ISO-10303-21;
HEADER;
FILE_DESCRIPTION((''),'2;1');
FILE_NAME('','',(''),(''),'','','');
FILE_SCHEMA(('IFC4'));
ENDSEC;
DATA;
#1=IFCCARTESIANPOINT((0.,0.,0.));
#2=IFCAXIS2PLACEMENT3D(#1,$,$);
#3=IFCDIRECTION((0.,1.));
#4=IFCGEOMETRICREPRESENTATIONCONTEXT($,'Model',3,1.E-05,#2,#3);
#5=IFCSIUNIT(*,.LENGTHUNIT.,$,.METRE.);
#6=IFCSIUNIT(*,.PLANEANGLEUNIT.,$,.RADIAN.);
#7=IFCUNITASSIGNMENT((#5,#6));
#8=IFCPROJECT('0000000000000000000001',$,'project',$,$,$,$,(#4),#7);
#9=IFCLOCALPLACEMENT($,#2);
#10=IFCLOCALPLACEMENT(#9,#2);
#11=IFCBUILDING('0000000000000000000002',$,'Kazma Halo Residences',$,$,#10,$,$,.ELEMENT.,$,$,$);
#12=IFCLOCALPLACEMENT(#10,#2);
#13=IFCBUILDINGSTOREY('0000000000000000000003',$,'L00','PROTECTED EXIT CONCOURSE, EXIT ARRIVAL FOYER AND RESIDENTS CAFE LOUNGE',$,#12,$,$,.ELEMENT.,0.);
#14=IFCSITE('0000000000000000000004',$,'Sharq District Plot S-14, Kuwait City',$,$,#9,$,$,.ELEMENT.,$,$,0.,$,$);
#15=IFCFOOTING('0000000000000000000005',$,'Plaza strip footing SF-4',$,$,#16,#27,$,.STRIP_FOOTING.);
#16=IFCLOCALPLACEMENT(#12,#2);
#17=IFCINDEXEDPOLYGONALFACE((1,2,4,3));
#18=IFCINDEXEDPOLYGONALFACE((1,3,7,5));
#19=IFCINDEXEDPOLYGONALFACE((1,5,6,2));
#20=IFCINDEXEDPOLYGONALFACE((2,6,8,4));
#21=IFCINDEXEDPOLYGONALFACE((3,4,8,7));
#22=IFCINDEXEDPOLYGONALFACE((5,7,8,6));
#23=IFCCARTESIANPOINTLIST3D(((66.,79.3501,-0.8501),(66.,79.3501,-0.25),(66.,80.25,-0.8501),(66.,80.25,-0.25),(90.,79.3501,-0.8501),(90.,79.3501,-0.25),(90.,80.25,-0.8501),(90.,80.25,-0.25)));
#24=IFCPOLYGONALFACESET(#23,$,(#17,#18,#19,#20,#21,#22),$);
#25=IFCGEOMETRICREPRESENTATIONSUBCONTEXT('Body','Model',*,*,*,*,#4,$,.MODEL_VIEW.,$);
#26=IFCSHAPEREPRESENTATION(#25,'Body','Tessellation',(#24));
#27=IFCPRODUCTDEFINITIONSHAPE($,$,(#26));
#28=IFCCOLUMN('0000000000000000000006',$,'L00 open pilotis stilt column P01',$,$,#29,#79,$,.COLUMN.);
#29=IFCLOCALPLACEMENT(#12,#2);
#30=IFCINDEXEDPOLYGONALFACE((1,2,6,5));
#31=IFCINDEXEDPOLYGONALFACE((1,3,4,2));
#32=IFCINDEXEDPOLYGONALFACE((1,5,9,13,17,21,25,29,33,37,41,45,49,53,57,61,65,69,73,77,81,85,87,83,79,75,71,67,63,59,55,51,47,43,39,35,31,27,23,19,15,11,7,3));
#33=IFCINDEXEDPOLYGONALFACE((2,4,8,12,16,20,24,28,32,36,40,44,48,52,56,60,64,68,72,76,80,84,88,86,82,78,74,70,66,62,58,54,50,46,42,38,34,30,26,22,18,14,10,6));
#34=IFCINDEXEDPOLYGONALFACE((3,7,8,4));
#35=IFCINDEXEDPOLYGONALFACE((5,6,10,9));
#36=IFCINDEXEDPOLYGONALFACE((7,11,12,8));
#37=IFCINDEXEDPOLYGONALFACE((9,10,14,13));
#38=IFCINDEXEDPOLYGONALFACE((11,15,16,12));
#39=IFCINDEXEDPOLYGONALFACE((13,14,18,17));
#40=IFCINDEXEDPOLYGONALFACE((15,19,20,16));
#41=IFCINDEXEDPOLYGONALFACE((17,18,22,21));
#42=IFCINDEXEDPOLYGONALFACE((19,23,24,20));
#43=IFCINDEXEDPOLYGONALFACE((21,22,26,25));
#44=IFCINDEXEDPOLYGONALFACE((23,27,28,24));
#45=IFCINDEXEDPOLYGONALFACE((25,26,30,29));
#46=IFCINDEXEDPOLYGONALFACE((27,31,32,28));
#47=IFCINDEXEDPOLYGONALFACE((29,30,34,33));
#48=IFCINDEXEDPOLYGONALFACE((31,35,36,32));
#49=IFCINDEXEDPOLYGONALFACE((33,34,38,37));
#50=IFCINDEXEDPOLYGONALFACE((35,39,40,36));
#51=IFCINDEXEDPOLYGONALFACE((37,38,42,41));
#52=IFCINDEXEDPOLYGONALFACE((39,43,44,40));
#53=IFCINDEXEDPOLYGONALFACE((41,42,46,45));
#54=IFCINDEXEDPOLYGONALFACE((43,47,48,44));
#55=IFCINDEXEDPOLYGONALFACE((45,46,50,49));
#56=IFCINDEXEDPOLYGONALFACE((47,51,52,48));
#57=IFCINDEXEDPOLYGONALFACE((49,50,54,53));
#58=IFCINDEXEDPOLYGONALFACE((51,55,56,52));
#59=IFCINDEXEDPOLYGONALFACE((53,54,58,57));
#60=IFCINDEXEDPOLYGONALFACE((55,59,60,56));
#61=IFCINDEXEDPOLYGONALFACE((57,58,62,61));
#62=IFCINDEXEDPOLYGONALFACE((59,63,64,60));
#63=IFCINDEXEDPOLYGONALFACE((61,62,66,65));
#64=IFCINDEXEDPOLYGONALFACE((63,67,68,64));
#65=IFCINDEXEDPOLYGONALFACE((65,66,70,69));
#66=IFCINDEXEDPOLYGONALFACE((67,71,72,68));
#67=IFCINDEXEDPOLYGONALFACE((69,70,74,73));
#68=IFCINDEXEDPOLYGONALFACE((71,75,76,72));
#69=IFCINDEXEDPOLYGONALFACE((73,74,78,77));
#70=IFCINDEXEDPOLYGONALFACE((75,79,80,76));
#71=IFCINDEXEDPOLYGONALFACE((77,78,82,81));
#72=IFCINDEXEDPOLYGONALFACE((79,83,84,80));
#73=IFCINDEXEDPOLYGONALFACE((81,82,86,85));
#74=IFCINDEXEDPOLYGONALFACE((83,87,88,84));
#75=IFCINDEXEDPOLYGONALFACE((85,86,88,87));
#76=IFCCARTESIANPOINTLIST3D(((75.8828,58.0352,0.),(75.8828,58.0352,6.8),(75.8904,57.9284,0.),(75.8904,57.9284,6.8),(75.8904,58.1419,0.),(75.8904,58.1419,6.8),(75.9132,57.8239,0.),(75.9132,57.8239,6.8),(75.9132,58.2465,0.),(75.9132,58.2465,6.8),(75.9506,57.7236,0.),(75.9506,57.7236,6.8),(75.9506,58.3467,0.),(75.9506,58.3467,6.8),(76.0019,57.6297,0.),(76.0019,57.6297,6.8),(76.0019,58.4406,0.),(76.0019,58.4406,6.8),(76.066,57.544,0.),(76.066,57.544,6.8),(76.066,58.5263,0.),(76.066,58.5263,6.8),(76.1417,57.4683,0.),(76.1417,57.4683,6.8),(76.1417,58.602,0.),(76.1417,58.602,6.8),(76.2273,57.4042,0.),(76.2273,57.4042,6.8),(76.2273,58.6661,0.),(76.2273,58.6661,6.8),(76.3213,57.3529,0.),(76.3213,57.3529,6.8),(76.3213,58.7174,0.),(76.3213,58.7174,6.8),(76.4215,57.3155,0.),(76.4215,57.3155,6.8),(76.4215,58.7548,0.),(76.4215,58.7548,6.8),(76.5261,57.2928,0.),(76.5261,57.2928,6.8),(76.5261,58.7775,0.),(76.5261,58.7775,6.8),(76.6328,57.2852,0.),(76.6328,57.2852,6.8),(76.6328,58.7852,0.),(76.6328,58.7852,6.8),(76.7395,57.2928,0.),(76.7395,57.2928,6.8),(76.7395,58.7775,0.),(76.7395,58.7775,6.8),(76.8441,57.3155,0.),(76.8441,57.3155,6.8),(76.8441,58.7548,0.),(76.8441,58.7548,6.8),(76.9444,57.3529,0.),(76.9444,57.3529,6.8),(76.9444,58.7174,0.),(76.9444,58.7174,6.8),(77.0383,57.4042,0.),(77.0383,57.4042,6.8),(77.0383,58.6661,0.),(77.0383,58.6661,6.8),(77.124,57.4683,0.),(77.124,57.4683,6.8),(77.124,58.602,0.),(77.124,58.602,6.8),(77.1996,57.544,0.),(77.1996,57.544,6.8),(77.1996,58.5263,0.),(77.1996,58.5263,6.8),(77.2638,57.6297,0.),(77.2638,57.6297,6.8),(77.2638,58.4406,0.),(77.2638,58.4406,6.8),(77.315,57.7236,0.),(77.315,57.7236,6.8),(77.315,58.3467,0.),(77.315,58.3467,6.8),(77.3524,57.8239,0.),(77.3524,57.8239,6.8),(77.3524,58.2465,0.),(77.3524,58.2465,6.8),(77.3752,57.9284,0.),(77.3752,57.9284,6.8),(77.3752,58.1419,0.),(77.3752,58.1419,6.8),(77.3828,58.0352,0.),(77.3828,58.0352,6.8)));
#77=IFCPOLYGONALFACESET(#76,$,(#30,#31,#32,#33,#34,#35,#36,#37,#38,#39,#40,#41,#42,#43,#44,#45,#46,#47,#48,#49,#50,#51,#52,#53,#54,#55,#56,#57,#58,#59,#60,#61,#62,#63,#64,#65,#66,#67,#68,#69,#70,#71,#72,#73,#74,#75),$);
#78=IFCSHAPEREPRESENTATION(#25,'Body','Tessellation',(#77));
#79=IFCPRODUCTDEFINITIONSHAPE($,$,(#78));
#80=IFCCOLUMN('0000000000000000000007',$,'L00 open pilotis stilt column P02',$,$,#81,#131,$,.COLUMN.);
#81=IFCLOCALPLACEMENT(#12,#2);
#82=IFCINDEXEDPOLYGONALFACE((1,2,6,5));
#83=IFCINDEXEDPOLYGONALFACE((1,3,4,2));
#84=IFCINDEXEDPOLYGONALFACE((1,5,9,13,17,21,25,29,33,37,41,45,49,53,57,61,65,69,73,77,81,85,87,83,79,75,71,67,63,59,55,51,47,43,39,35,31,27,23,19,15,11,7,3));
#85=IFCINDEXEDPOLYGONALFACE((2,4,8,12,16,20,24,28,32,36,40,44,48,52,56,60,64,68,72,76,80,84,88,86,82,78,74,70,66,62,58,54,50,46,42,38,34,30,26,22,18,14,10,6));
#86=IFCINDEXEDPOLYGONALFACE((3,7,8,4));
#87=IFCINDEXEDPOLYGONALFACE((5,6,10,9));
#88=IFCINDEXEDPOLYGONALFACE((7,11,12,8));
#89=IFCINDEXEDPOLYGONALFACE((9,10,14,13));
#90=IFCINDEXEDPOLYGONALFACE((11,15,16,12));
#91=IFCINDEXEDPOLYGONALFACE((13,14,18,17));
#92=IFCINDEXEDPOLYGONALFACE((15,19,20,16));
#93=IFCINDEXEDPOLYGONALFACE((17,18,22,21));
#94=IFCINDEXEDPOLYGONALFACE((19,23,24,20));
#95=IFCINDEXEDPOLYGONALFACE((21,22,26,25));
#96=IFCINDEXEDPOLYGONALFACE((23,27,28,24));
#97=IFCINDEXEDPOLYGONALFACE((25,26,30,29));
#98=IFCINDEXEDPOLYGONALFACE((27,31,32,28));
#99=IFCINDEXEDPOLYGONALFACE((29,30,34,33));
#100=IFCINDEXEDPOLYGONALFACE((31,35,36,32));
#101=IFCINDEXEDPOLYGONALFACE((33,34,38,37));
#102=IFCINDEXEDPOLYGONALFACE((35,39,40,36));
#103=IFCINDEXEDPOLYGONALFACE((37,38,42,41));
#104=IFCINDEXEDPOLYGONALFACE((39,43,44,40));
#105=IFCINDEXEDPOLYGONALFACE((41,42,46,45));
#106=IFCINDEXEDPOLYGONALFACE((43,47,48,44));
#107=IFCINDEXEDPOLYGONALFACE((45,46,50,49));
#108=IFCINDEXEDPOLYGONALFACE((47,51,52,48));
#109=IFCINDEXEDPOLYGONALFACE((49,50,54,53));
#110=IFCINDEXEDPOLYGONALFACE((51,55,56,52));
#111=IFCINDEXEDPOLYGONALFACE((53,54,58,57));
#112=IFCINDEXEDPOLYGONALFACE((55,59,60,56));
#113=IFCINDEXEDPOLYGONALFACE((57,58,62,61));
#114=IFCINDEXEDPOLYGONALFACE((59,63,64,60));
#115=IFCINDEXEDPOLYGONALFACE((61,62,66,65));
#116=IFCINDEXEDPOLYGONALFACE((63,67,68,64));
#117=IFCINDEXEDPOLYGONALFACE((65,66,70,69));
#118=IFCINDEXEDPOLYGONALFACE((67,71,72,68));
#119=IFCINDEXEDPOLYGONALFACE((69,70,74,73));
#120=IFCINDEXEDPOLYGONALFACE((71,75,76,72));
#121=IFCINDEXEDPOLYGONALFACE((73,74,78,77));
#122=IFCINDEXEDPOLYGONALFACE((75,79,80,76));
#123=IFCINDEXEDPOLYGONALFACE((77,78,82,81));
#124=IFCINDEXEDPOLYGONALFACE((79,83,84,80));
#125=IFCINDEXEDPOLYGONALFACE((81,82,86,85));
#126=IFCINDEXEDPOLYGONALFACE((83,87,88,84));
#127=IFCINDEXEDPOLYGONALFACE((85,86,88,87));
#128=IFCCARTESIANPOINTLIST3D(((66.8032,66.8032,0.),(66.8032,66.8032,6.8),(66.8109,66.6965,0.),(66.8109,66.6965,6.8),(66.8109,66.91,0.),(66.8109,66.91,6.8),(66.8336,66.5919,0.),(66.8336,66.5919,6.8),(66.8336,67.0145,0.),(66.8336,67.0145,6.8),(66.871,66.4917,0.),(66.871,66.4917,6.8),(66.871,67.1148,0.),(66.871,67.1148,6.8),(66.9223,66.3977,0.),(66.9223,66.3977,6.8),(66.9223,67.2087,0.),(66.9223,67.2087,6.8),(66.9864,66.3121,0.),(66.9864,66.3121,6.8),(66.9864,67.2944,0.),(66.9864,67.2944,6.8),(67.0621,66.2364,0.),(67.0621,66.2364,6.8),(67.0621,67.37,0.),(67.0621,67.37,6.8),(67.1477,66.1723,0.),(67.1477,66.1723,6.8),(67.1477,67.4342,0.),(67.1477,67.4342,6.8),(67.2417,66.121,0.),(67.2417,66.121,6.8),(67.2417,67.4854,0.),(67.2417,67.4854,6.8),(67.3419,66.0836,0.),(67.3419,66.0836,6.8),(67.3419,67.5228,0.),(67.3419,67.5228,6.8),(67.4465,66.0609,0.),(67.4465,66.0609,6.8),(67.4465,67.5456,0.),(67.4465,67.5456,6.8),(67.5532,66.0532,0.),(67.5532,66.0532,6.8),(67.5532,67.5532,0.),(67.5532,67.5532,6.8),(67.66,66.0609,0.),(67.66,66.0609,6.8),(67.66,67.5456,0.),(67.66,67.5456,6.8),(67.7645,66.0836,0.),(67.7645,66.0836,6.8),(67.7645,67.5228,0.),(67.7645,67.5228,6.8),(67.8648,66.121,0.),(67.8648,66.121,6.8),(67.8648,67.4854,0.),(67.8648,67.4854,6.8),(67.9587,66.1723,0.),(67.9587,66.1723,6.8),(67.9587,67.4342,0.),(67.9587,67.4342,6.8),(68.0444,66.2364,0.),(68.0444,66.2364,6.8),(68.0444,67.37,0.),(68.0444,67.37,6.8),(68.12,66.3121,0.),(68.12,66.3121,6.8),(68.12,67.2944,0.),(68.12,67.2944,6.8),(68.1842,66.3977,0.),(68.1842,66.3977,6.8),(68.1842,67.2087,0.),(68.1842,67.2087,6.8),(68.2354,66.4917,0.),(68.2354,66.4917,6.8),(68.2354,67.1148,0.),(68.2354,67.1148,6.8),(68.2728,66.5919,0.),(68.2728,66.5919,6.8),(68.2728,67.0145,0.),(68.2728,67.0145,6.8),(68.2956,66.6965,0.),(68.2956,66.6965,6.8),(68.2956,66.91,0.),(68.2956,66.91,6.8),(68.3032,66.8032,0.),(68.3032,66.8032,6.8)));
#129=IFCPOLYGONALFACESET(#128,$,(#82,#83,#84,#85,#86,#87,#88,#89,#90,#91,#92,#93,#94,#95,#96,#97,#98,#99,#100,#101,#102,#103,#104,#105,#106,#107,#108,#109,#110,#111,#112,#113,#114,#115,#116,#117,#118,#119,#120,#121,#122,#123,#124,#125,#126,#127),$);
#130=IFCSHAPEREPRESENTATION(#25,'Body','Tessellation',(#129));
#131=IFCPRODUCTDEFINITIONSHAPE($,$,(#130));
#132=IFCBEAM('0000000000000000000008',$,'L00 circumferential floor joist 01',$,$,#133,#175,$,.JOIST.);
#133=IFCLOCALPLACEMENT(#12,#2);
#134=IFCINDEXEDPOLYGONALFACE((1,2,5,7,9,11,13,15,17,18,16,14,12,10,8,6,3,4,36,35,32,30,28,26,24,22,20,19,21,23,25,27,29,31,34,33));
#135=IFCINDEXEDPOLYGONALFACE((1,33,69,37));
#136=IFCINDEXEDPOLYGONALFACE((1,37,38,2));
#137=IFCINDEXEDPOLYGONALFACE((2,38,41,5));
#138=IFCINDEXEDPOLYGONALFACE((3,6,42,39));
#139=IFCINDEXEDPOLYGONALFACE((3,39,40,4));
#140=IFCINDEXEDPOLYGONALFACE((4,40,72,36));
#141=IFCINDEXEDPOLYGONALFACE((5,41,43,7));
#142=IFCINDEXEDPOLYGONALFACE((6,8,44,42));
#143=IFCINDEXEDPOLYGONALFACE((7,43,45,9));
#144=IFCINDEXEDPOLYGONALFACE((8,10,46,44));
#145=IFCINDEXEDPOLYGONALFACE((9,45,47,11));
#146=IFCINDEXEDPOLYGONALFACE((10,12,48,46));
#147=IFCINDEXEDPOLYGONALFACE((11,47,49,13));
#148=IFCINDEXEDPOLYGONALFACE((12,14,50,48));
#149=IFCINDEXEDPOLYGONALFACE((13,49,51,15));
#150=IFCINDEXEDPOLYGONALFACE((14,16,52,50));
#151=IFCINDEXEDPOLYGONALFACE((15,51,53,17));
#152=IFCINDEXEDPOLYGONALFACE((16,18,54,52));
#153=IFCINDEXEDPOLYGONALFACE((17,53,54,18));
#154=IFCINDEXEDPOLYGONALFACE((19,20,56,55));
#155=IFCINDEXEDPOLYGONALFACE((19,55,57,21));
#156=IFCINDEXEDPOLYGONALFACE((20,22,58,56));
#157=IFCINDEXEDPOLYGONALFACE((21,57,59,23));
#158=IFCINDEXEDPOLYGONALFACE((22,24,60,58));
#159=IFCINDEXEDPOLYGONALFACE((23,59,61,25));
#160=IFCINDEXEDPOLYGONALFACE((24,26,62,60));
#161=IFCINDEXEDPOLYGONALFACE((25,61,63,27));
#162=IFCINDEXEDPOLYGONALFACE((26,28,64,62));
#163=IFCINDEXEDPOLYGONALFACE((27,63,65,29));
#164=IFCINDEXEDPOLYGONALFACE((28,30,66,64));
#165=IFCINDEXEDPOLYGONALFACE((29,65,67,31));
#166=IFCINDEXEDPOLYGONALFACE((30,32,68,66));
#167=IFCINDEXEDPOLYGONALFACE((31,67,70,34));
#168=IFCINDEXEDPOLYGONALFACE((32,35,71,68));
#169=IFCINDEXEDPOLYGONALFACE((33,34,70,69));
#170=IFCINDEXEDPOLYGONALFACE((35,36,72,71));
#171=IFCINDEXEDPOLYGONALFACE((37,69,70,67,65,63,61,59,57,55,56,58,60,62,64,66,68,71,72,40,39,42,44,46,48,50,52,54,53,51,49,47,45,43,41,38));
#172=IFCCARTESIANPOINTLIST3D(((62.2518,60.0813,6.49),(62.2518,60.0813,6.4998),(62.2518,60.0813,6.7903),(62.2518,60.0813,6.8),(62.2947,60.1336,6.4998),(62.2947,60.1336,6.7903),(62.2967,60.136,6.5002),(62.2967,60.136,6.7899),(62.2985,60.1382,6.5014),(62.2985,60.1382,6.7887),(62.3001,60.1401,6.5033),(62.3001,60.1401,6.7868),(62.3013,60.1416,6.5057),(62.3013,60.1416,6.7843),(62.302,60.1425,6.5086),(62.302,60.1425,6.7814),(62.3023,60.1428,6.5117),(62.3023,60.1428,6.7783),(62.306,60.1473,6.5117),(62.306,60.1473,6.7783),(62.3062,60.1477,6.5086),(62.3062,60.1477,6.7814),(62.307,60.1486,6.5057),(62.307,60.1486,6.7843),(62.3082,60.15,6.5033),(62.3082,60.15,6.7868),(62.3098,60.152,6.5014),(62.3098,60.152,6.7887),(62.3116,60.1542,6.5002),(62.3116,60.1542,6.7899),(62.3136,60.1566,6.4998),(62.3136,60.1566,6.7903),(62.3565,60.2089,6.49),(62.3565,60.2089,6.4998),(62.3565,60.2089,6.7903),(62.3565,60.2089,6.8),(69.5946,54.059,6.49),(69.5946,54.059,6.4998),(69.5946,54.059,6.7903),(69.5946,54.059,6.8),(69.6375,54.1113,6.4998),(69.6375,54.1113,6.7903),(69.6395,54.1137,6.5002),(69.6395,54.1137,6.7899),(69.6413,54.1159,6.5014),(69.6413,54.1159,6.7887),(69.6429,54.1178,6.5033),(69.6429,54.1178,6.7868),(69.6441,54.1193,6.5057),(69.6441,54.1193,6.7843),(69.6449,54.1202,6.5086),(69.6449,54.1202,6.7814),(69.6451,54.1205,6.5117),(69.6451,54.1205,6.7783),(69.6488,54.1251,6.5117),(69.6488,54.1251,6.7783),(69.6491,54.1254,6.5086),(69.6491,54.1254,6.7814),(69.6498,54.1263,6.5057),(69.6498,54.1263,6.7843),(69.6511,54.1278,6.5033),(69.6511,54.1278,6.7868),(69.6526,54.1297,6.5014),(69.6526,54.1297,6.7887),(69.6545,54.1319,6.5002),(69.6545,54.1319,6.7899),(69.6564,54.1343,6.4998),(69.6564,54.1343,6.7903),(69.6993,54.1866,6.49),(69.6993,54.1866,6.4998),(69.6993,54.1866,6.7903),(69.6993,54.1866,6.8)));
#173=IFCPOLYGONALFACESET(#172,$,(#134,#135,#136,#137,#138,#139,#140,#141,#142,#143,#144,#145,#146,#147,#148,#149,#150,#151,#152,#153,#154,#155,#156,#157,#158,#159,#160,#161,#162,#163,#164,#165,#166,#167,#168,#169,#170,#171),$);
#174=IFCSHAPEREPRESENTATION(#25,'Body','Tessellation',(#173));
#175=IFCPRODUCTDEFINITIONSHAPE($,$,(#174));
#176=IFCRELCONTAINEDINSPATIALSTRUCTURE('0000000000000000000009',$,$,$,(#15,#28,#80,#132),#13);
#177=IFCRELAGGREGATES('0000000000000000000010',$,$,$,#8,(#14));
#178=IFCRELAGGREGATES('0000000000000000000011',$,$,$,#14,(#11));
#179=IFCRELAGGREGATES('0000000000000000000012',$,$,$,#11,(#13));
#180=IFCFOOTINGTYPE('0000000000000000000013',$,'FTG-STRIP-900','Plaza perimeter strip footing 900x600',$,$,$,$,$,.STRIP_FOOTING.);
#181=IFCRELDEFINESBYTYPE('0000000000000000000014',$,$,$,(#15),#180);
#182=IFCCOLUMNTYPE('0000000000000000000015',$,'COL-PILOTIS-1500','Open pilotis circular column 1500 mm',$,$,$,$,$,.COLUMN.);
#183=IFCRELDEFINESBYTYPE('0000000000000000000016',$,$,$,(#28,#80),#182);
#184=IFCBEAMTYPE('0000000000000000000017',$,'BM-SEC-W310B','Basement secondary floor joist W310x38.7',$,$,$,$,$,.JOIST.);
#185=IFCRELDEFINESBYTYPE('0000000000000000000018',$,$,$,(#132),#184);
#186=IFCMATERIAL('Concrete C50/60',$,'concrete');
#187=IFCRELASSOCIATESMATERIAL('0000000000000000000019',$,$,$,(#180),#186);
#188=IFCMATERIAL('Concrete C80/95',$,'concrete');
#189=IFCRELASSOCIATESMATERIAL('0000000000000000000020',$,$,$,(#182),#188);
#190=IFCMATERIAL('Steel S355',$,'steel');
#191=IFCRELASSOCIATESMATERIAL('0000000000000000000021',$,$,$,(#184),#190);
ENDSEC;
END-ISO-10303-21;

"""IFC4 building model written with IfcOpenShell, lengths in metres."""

from ifc_helpers import new_model, si_unit, direction, frame, origin, origin_2d, place, context, subcontext, project, spatial, rectangle, circle, i_section, extrude, material, material_profile, profile_set, type_object, element, save


model = new_model("IFC4")

# Units and contexts
model_context = context("Model", 3, precision=1e-05, world=origin(), true_north=direction((0.0, 1.0)))
body_context = subcontext(model_context, "Body", "Model", "MODEL_VIEW")
ifc_project = project(units=[si_unit("LENGTHUNIT", "METRE"), si_unit("PLANEANGLEUNIT", "RADIAN")], contexts=[model_context])

# Site, building, storey
site_placement = place(None, origin())
site = spatial("IfcSite", under=ifc_project, at=site_placement, Name="Sharq District Plot S-14, Kuwait City", CompositionType="ELEMENT", RefElevation=0.0)
building_placement = place(site_placement, origin())
building = spatial("IfcBuilding", under=site, at=building_placement, Name="Kazma Halo Residences", CompositionType="ELEMENT")
storey_placement = place(building_placement, origin())
storey = spatial("IfcBuildingStorey", under=building, at=storey_placement, Name="L00", Description="PROTECTED EXIT CONCOURSE, EXIT ARRIVAL FOYER AND RESIDENTS CAFE LOUNGE", CompositionType="ELEMENT", Elevation=0.0)

# Footing
ifc_material_1 = material(Name="Concrete C50/60", Category="concrete")
ifc_material_profile_1 = material_profile(ifc_material_1, rectangle(XDim=0.6001, YDim=0.8999, at=origin_2d()), Name="RECT600x900")
ifc_profile_set_1 = profile_set([ifc_material_profile_1], Name="Concrete C50/60")
footing_type = type_object("IfcFootingType", Name="FTG-STRIP-900", Description="Plaza perimeter strip footing 900x600", PredefinedType="STRIP_FOOTING", material=ifc_profile_set_1)
footing_placement = place(storey_placement, frame((78.0, 79.8, -0.8501), z_axis=(0.0, 0.0, 1.0), x_axis=(1.0, 0.0, 0.0)))
element("IfcFooting", 1, at=footing_placement, inside=storey, type_object=footing_type, Name="Plaza strip footing SF-4", PredefinedType="STRIP_FOOTING", context=body_context, shape_type="SweptSolid", body=[
    extrude(rectangle(XDim=24.0, YDim=0.8999, at=origin_2d()), origin(), (0.0, 0.0, 1.0), 0.6001),
])

# Columns
ifc_material_2 = material(Name="Concrete C80/95", Category="concrete")
ifc_material_profile_2 = material_profile(ifc_material_2, circle(Radius=0.75, at=origin_2d()), Name="CIRC1500")
ifc_profile_set_2 = profile_set([ifc_material_profile_2], Name="Concrete C80/95")
column_type = type_object("IfcColumnType", Name="COL-PILOTIS-1500", Description="Open pilotis circular column 1500 mm", PredefinedType="COLUMN", material=ifc_profile_set_2)
for number, where, z_axis, x_axis, name in (
    (2, (76.6328, 58.0352, 0.0), (0.0, 0.0, 1.0), (1.0, 0.0, 0.0), "L00 open pilotis stilt column P01"),
    (3, (67.5532, 66.8032, 0.0), (0.0, 0.0, 1.0), (1.0, 0.0, 0.0), "L00 open pilotis stilt column P02"),
):
    element("IfcColumn", number, at=place(storey_placement, frame(where, z_axis=z_axis, x_axis=x_axis)), inside=storey, type_object=column_type, Name=name, PredefinedType="COLUMN", context=body_context, shape_type="SweptSolid", body=[
        extrude(circle(Radius=0.75, at=origin_2d()), origin(), (0.0, 0.0, 1.0), 6.8),
    ])

# Beam
ifc_material_3 = material(Name="Steel S355", Category="steel")
ifc_material_profile_3 = material_profile(ifc_material_3, i_section(OverallWidth=0.165, OverallDepth=0.3101, WebThickness=0.0059, FlangeThickness=0.0098, FilletRadius=0.012, at=origin_2d()), Name="W310x38.7")
ifc_profile_set_3 = profile_set([ifc_material_profile_3], Name="Steel S355")
beam_type_1 = type_object("IfcBeamType", Name="BM-SEC-W310B", Description="Basement secondary floor joist W310x38.7", PredefinedType="JOIST", material=ifc_profile_set_3)
beam_1_placement = place(storey_placement, frame((69.647, 54.1228, 6.645), z_axis=(-0.773209, 0.634152, 0.0), x_axis=(-0.634152, -0.773209, 0.0)))
element("IfcBeam", 4, at=beam_1_placement, inside=storey, type_object=beam_type_1, Name="L00 circumferential floor joist 01", PredefinedType="JOIST", context=body_context, shape_type="SweptSolid", body=[
    extrude(i_section(OverallWidth=0.165, OverallDepth=0.3101, WebThickness=0.0059, FlangeThickness=0.0098, FilletRadius=0.012, at=origin_2d()), origin(), (0.0, 0.0, 1.0), 9.4966),
])

save(model, "model.ifc")
